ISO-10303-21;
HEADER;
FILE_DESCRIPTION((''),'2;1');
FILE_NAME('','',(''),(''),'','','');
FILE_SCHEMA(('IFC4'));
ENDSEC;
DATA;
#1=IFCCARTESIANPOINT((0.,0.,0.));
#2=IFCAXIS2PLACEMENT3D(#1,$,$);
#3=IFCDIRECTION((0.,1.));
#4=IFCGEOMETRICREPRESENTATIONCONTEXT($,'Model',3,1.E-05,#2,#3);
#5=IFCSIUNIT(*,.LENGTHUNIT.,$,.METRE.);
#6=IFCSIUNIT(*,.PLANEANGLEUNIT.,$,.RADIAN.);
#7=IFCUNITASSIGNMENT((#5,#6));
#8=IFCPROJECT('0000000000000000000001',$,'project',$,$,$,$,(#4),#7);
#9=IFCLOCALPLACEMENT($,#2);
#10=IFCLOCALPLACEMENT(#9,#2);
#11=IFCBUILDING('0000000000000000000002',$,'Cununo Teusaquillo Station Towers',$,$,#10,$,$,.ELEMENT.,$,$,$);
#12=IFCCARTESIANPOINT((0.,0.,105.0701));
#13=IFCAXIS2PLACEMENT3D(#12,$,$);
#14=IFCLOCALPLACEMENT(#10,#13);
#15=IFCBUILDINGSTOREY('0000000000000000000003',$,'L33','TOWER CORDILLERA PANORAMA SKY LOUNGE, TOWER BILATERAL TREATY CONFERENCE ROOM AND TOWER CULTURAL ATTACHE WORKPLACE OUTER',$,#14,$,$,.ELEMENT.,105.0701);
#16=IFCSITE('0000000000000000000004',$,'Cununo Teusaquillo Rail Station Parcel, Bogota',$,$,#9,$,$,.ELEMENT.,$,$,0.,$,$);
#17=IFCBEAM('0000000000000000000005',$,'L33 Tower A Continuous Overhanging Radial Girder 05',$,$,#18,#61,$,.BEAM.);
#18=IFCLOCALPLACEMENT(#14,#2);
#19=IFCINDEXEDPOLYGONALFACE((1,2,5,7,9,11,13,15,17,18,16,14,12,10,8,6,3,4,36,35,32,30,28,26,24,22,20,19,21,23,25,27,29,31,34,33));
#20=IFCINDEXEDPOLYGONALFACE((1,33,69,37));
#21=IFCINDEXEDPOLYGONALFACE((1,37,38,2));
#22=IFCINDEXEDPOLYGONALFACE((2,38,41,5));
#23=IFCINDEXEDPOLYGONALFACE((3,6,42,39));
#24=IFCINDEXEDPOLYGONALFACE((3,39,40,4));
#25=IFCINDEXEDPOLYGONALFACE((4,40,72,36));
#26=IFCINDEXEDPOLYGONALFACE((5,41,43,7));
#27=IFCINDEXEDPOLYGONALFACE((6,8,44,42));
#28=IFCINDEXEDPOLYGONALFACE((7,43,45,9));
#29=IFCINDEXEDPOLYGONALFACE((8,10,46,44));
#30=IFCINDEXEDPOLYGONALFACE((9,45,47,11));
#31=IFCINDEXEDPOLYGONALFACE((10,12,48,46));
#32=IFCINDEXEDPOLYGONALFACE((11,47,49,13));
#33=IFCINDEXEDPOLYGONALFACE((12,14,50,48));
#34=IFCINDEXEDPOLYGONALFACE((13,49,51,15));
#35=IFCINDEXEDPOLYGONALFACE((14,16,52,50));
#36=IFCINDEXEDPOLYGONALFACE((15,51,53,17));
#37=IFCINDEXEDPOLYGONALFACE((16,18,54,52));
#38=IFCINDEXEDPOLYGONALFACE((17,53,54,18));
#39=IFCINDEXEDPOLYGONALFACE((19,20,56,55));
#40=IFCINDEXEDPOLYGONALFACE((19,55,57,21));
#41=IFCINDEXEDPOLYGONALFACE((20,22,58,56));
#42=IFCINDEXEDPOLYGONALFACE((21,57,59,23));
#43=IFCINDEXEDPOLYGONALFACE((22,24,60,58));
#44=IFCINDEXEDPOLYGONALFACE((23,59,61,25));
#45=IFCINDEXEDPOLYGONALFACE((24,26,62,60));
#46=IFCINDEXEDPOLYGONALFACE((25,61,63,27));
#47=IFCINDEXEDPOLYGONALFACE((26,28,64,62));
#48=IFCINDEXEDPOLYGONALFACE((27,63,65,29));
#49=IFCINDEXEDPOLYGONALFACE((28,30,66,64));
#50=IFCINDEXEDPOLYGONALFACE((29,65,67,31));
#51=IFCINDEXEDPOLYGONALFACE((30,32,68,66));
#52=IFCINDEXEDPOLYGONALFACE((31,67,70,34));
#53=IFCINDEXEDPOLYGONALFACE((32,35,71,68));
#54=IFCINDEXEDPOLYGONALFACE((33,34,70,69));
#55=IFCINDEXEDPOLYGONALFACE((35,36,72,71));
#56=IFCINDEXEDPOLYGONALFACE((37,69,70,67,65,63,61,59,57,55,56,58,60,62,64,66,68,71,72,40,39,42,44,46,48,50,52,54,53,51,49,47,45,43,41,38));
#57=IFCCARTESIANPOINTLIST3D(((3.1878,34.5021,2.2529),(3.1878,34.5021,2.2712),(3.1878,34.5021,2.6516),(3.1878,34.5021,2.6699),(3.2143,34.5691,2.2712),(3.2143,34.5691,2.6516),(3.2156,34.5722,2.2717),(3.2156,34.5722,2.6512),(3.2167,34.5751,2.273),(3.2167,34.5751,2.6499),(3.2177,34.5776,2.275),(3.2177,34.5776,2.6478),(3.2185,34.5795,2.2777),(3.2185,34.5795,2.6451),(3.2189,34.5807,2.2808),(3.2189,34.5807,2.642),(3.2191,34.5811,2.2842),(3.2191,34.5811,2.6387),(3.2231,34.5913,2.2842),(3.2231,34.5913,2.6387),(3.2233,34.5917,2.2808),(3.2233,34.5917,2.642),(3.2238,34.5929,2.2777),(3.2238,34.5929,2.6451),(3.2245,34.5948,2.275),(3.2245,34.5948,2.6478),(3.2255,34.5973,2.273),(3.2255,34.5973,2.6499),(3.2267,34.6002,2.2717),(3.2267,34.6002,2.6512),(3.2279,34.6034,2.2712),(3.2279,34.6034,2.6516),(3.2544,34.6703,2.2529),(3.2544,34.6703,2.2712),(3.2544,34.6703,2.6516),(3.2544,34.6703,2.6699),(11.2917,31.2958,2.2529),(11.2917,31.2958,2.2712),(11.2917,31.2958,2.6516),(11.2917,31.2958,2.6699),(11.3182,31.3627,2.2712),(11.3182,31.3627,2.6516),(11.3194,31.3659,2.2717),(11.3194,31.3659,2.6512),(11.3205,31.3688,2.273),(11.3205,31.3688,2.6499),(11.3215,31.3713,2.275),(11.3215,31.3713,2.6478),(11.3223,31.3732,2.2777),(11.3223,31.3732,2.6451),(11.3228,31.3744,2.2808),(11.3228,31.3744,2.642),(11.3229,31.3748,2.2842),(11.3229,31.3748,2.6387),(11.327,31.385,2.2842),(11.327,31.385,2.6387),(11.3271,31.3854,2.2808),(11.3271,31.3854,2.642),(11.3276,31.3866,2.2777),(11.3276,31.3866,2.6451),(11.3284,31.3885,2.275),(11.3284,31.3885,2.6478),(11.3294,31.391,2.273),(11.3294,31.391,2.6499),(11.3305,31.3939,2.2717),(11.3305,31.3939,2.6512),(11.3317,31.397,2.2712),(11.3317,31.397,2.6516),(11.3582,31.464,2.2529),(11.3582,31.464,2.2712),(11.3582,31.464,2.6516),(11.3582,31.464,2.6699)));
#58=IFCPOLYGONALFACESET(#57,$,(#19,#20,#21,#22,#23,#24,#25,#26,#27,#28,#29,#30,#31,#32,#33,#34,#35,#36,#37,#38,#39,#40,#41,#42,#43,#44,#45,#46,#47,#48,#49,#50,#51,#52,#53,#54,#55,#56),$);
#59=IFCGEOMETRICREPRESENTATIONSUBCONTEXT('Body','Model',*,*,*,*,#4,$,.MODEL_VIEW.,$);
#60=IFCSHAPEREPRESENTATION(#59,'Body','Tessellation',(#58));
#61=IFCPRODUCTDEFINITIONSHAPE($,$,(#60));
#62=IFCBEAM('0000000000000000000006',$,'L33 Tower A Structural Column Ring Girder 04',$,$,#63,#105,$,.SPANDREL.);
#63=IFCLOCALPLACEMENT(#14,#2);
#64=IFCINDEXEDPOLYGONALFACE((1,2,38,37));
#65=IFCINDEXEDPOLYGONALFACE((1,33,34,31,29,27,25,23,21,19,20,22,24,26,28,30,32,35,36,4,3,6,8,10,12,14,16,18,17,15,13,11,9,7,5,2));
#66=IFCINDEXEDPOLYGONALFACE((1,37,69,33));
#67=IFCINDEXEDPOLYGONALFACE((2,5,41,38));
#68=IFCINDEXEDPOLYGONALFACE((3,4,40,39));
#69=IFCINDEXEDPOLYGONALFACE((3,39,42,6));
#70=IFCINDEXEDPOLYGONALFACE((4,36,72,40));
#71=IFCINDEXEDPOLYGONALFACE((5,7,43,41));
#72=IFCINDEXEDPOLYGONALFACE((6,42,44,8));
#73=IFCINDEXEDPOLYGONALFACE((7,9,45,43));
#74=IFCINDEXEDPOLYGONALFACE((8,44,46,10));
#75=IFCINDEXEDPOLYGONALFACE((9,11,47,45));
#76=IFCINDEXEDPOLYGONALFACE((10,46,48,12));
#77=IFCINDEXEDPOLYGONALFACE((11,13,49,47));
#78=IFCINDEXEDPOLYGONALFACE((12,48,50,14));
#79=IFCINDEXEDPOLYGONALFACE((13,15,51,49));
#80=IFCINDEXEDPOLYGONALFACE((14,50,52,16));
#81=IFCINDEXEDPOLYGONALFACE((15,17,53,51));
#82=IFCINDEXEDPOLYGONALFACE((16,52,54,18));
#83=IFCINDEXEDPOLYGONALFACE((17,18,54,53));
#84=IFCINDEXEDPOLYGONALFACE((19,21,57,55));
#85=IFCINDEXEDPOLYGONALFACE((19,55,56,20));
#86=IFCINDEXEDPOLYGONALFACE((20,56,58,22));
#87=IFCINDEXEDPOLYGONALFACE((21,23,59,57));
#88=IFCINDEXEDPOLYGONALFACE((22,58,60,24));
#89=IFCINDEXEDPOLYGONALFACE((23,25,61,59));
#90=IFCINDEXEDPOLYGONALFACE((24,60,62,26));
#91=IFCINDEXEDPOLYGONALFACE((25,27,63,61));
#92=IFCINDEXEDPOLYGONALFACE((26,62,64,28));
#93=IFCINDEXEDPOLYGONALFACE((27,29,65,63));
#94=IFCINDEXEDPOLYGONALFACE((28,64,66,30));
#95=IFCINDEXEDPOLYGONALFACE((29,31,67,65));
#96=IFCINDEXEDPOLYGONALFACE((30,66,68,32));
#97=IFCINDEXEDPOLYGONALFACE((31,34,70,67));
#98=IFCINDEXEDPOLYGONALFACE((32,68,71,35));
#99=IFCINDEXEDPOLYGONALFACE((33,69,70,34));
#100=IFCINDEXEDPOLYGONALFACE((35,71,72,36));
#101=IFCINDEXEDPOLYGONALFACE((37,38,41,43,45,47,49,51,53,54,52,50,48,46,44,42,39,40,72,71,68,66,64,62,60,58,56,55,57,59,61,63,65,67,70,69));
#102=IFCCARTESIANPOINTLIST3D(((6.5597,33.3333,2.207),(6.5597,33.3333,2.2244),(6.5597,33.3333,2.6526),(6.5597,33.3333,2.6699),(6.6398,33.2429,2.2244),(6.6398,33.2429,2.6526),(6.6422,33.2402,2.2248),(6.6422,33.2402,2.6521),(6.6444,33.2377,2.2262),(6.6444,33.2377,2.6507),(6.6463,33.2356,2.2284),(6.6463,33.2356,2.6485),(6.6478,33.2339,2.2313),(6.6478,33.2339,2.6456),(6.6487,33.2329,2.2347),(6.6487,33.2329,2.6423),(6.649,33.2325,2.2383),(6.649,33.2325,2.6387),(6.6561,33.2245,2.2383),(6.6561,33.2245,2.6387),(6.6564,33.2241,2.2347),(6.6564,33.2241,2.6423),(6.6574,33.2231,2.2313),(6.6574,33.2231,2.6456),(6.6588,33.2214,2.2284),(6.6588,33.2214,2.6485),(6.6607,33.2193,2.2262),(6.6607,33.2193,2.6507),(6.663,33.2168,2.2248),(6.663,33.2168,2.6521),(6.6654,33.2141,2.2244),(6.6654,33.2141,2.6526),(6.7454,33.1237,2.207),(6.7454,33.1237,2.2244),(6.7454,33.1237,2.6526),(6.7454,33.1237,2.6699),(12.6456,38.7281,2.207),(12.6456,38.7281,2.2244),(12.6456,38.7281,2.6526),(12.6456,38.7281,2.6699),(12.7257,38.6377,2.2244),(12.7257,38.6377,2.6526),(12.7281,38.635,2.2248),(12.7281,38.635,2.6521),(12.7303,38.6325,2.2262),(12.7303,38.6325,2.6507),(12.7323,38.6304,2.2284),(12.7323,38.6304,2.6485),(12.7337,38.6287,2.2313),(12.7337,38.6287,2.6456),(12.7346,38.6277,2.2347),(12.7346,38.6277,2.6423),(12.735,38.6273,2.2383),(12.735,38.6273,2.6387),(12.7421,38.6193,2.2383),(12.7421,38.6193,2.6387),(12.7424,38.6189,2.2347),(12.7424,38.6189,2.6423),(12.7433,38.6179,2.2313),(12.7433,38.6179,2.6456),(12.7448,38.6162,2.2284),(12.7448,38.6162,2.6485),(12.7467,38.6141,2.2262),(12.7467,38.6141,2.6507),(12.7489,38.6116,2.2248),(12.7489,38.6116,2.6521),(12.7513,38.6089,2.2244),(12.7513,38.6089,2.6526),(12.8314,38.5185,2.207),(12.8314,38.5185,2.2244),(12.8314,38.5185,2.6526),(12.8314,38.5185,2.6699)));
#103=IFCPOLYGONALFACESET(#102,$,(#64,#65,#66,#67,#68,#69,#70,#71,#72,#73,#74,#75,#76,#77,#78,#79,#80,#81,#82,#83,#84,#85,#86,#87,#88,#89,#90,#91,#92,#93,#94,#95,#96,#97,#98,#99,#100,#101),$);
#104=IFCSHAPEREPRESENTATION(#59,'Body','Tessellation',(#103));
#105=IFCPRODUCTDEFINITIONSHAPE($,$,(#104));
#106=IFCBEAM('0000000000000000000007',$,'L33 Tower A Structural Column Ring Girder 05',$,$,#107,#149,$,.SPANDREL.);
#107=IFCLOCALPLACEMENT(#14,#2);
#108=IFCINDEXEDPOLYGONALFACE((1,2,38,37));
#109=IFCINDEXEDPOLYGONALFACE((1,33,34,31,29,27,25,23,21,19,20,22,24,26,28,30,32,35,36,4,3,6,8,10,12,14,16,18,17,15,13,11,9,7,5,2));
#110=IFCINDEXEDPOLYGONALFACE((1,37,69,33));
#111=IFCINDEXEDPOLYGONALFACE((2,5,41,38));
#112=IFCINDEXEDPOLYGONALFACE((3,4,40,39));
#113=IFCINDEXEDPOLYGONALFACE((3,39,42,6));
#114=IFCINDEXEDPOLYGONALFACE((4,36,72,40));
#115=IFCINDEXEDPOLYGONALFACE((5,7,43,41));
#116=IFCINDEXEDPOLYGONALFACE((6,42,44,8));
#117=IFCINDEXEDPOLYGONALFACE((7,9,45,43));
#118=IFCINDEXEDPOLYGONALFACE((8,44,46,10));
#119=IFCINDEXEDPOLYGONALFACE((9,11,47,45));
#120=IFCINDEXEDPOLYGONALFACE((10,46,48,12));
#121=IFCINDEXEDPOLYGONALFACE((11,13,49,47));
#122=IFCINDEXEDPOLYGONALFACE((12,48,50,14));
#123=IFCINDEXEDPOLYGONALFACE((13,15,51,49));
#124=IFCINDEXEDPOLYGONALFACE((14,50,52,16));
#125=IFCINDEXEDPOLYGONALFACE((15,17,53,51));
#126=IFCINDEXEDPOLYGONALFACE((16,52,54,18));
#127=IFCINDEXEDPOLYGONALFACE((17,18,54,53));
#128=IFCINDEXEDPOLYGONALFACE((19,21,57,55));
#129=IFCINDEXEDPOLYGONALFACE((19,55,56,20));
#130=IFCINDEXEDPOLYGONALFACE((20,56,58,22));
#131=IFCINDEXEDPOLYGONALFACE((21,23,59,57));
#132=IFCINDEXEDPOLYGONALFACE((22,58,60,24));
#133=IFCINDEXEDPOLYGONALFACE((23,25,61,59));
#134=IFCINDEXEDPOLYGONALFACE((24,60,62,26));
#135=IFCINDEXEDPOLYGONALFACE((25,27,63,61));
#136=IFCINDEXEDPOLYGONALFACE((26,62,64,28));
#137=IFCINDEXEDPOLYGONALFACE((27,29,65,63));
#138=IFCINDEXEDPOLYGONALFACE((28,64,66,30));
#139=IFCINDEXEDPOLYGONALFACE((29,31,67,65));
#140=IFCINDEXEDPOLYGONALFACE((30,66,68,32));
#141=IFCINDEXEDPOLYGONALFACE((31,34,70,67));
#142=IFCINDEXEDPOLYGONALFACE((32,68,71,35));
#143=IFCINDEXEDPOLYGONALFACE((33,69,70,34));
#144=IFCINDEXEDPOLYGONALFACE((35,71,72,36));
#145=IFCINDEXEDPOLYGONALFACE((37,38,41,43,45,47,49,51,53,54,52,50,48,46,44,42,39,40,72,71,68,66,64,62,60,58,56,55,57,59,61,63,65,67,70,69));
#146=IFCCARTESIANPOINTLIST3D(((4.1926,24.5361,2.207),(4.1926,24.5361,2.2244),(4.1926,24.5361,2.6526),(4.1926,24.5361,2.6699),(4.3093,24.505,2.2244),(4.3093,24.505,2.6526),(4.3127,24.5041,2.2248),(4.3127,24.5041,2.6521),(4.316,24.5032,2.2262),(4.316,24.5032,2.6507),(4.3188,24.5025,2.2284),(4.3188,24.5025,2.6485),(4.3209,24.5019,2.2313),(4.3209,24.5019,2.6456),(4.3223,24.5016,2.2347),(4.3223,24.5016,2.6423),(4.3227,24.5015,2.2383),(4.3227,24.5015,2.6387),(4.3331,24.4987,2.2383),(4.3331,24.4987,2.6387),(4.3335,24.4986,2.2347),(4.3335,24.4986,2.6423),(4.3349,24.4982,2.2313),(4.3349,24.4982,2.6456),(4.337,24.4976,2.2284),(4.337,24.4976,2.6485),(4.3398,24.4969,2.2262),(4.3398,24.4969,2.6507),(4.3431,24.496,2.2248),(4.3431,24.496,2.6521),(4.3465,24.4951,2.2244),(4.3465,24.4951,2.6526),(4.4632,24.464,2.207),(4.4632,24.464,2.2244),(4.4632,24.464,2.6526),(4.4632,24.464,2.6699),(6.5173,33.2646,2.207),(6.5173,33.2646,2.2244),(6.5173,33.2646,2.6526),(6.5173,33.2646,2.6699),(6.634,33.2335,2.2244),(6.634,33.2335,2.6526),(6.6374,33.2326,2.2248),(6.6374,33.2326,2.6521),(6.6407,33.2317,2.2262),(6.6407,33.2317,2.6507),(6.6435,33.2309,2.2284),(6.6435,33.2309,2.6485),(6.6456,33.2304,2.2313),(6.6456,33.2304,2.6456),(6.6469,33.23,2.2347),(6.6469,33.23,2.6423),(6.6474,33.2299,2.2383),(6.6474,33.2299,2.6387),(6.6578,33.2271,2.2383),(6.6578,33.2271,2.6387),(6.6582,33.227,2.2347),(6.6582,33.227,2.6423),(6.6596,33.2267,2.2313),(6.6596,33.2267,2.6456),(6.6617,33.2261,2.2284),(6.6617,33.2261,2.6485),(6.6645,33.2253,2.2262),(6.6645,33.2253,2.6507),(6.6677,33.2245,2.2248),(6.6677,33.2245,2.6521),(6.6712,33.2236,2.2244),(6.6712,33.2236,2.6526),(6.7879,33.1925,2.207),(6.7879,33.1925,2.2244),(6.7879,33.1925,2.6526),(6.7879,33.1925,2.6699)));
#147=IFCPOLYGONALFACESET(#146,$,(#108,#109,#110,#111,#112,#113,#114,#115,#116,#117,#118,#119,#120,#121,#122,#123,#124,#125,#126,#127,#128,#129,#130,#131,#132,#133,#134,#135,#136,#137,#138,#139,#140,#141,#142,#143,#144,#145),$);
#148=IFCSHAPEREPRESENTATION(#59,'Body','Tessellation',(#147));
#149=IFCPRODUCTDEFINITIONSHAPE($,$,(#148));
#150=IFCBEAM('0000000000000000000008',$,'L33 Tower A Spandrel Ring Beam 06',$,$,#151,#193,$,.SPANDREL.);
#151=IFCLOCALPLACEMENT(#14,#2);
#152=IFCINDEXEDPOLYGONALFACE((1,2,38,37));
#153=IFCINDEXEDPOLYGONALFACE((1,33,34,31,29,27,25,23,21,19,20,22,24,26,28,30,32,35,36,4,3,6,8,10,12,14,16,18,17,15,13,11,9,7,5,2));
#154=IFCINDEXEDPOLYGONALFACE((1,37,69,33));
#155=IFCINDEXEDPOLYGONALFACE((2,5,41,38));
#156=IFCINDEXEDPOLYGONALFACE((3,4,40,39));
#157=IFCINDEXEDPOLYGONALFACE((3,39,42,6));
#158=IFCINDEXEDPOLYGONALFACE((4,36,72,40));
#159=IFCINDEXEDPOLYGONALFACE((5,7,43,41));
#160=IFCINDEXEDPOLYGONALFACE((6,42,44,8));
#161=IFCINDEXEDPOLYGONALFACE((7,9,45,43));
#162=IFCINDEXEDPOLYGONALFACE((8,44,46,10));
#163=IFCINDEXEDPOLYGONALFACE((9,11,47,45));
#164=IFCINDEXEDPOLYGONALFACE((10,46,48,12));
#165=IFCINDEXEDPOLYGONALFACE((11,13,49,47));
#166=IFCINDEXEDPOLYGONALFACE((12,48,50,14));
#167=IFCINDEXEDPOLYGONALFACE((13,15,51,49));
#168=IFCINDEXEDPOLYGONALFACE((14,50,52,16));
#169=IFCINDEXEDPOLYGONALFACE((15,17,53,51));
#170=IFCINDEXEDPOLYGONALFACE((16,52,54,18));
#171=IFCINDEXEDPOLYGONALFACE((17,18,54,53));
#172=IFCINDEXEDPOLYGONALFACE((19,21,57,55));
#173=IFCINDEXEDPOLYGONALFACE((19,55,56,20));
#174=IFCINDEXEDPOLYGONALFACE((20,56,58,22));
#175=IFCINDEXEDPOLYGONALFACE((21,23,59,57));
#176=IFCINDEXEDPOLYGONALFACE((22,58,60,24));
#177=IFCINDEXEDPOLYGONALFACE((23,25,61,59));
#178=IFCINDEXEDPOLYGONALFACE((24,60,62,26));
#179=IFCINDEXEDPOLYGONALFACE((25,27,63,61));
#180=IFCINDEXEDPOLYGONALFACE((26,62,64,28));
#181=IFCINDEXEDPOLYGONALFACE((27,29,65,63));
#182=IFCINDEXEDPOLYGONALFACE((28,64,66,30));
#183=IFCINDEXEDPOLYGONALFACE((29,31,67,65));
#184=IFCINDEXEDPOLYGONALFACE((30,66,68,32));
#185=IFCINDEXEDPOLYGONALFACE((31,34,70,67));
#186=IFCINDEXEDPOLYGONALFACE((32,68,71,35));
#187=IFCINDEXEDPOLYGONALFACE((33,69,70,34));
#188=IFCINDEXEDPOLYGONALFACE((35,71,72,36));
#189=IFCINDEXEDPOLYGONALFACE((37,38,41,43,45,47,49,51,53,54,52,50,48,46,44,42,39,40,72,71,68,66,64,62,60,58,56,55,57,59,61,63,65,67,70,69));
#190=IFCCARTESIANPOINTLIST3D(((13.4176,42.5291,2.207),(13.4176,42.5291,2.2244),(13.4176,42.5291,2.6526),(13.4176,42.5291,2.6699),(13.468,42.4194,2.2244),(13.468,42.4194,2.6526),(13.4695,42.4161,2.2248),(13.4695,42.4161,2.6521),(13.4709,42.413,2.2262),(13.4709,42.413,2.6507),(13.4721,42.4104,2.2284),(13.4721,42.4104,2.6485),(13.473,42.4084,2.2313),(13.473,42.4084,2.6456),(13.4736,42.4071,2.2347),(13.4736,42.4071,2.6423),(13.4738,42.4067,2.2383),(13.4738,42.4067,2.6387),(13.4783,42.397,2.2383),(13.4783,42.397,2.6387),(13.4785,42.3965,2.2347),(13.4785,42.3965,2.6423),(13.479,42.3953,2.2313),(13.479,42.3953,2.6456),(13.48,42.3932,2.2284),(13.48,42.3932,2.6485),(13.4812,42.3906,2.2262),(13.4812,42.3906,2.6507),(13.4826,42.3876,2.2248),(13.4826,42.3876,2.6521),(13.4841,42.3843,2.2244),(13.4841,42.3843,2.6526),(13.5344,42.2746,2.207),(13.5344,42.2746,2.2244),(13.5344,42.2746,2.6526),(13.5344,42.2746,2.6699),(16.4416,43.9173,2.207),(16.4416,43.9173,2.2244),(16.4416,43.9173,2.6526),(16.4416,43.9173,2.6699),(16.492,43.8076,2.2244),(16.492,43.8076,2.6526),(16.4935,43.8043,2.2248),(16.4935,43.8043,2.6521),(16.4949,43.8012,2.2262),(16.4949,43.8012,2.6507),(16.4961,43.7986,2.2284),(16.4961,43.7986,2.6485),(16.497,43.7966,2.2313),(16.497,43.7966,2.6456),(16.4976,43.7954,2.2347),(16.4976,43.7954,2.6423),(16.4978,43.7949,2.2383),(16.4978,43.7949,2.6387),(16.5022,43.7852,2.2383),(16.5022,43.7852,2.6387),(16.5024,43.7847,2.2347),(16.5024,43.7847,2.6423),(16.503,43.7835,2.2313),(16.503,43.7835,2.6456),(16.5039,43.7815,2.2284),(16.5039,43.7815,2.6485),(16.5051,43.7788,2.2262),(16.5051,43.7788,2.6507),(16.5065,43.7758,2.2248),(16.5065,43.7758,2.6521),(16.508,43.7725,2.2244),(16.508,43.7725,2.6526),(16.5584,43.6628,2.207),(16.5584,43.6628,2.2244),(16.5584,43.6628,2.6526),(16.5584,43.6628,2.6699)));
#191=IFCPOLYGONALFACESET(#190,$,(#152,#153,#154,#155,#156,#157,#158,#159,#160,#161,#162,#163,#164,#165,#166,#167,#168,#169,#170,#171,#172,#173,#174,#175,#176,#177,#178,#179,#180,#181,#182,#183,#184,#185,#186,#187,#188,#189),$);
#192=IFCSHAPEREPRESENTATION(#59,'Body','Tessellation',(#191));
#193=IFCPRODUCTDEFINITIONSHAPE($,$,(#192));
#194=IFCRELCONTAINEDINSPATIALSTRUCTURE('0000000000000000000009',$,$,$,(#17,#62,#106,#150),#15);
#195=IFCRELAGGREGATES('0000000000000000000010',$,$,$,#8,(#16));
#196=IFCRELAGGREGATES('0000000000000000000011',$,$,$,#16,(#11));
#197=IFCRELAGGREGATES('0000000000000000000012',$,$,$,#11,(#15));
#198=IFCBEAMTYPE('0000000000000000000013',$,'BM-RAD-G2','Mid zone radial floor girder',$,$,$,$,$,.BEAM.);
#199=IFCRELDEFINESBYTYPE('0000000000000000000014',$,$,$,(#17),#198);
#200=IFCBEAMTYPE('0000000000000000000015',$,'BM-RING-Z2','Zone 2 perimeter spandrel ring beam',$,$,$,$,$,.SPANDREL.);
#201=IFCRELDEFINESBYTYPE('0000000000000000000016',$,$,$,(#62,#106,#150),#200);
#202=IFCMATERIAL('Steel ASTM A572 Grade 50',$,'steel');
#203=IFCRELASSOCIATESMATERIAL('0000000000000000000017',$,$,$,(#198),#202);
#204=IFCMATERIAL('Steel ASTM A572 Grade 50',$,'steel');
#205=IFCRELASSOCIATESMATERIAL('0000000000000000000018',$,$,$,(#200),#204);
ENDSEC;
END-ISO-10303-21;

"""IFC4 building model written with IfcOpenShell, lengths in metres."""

from ifc_helpers import new_model, si_unit, direction, frame, origin, origin_2d, place, context, subcontext, project, spatial, i_section, extrude, material, material_profile, profile_set, type_object, element, save


model = new_model("IFC4")

# Units and contexts
model_context = context("Model", 3, precision=1e-05, world=origin(), true_north=direction((0.0, 1.0)))
body_context = subcontext(model_context, "Body", "Model", "MODEL_VIEW")
ifc_project = project(units=[si_unit("LENGTHUNIT", "METRE"), si_unit("PLANEANGLEUNIT", "RADIAN")], contexts=[model_context])

# Site, building, storey
site_placement = place(None, origin())
site = spatial("IfcSite", under=ifc_project, at=site_placement, Name="Cununo Teusaquillo Rail Station Parcel, Bogota", CompositionType="ELEMENT", RefElevation=0.0)
building_placement = place(site_placement, origin())
building = spatial("IfcBuilding", under=site, at=building_placement, Name="Cununo Teusaquillo Station Towers", CompositionType="ELEMENT")
storey_placement = place(building_placement, frame((0.0, 0.0, 105.0701)))
storey = spatial("IfcBuildingStorey", under=building, at=storey_placement, Name="L33", Description="TOWER CORDILLERA PANORAMA SKY LOUNGE, TOWER BILATERAL TREATY CONFERENCE ROOM AND TOWER CULTURAL ATTACHE WORKPLACE OUTER", CompositionType="ELEMENT", Elevation=105.0701)

# Beams
ifc_material_1 = material(Name="Steel ASTM A572 Grade 50", Category="steel")
ifc_material_profile_1 = material_profile(ifc_material_1, i_section(OverallWidth=0.1809, OverallDepth=0.417, WebThickness=0.011, FlangeThickness=0.0183, FilletRadius=0.0129, at=origin_2d()), Name="W16X57")
ifc_profile_set_1 = profile_set([ifc_material_profile_1], Name="Steel ASTM A572 Grade 50")
beam_type_1 = type_object("IfcBeamType", Name="BM-RAD-G2", Description="Mid zone radial floor girder", PredefinedType="BEAM", material=ifc_profile_set_1)
beam_1_placement = place(storey_placement, frame((11.325, 31.3799, 2.4614), z_axis=(-0.929863, 0.367906, 0.0), x_axis=(-0.367906, -0.929863, 0.0)))
element("IfcBeam", 1, at=beam_1_placement, inside=storey, type_object=beam_type_1, Name="L33 Tower A Continuous Overhanging Radial Girder 05", PredefinedType="BEAM", context=body_context, shape_type="SweptSolid", body=[
    extrude(i_section(OverallWidth=0.1809, OverallDepth=0.417, WebThickness=0.011, FlangeThickness=0.0183, FilletRadius=0.0129, at=origin_2d()), origin(), (0.0, 0.0, 1.0), 8.7151),
])
ifc_material_2 = material(Name="Steel ASTM A572 Grade 50", Category="steel")
ifc_material_profile_2 = material_profile(ifc_material_2, i_section(OverallWidth=0.28, OverallDepth=0.4629, WebThickness=0.0107, FlangeThickness=0.0173, FilletRadius=0.0139, at=origin_2d()), Name="W18X76")
ifc_profile_set_2 = profile_set([ifc_material_profile_2], Name="Steel ASTM A572 Grade 50")
beam_type_2 = type_object("IfcBeamType", Name="BM-RING-Z2", Description="Zone 2 perimeter spandrel ring beam", PredefinedType="SPANDREL", material=ifc_profile_set_2)
beam_2_placement = place(storey_placement, frame((12.7385, 38.6233, 2.4385), z_axis=(-0.748321, -0.663337, 0.0), x_axis=(0.663337, -0.748321, 0.0)))
element("IfcBeam", 2, at=beam_2_placement, inside=storey, type_object=beam_type_2, Name="L33 Tower A Structural Column Ring Girder 04", PredefinedType="SPANDREL", context=body_context, shape_type="SweptSolid", body=[
    extrude(i_section(OverallWidth=0.28, OverallDepth=0.4629, WebThickness=0.0107, FlangeThickness=0.0173, FilletRadius=0.0139, at=origin_2d()), origin(), (0.0, 0.0, 1.0), 8.1328),
])
beam_3_placement = place(storey_placement, frame((6.6526, 33.2285, 2.4385), z_axis=(-0.257363, -0.966315, 0.0), x_axis=(0.966315, -0.257363, 0.0)))
element("IfcBeam", 3, at=beam_3_placement, inside=storey, type_object=beam_type_2, Name="L33 Tower A Structural Column Ring Girder 05", PredefinedType="SPANDREL", context=body_context, shape_type="SweptSolid", body=[
    extrude(i_section(OverallWidth=0.28, OverallDepth=0.4629, WebThickness=0.0107, FlangeThickness=0.0173, FilletRadius=0.0139, at=origin_2d()), origin(), (0.0, 0.0, 1.0), 9.0327),
])
beam_4_placement = place(storey_placement, frame((16.5, 43.79, 2.4385), z_axis=(-0.908812, -0.417205, 0.0), x_axis=(0.417205, -0.908812, 0.0)))
element("IfcBeam", 4, at=beam_4_placement, inside=storey, type_object=beam_type_2, Name="L33 Tower A Spandrel Ring Beam 06", PredefinedType="SPANDREL", context=body_context, shape_type="SweptSolid", body=[
    extrude(i_section(OverallWidth=0.28, OverallDepth=0.4629, WebThickness=0.0107, FlangeThickness=0.0173, FilletRadius=0.0139, at=origin_2d()), origin(), (0.0, 0.0, 1.0), 3.3274),
])

save(model, "model.ifc")
